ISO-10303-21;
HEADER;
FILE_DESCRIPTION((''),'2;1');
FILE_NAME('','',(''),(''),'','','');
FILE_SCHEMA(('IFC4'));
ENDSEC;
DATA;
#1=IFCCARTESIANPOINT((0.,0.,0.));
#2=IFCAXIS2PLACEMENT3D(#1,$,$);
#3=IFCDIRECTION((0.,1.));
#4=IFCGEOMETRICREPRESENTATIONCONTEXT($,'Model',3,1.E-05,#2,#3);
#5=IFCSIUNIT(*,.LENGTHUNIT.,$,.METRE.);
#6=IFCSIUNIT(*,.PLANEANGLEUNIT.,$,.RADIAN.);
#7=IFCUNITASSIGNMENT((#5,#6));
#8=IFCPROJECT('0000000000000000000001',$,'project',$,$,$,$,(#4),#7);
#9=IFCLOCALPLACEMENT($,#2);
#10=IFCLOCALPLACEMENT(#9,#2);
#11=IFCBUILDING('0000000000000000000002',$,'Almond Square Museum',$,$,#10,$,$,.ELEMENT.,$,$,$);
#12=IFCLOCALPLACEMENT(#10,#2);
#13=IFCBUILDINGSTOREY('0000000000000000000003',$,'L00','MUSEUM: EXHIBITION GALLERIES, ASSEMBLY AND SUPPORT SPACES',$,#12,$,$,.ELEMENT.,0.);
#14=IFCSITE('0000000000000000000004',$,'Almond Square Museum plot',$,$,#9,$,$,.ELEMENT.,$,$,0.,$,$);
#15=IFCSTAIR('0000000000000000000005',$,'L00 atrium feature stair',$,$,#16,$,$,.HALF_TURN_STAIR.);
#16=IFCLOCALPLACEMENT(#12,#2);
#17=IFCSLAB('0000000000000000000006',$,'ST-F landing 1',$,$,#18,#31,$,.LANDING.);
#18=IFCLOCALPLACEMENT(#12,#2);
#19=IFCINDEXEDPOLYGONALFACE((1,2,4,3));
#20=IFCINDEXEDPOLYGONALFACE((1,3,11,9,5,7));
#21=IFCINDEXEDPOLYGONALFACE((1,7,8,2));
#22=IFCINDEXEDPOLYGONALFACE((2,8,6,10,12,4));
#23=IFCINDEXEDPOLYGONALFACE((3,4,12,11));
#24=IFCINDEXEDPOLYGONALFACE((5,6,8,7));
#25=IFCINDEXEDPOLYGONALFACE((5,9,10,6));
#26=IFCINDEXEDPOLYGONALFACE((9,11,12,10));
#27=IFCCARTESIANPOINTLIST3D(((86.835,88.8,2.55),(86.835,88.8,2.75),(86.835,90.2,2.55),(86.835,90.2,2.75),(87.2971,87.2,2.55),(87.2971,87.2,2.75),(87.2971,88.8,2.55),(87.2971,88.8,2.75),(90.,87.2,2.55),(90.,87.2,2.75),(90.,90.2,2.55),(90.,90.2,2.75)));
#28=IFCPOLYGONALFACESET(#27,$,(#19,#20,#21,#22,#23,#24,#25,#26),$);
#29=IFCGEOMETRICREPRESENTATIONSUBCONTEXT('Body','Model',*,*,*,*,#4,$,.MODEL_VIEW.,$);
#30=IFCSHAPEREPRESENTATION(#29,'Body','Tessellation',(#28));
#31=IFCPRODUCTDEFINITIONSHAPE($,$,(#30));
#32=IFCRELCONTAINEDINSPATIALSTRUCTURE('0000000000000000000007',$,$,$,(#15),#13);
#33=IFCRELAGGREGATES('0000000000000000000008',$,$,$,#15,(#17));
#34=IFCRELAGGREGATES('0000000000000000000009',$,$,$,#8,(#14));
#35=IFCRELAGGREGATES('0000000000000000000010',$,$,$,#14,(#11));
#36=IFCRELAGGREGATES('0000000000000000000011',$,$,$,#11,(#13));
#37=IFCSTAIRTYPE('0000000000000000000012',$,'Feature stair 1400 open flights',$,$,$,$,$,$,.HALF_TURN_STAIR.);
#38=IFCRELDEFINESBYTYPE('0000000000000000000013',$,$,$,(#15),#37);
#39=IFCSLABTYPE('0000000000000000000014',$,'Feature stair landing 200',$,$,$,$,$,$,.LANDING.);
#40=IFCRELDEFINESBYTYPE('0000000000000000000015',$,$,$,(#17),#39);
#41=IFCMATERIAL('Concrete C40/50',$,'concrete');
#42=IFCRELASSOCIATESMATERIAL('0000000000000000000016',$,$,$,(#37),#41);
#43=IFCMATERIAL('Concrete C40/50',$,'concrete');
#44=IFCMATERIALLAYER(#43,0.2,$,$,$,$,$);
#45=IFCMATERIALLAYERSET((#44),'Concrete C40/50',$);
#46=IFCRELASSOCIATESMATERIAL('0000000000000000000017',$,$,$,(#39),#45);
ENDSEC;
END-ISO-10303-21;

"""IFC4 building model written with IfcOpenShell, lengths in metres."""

from ifc_helpers import new_model, si_unit, direction, frame, origin, place, context, subcontext, project, spatial, polyline, outline, extrude, material, layer, layer_set, type_object, element, aggregate, save


model = new_model("IFC4")

# Units and contexts
model_context = context("Model", 3, precision=1e-05, world=origin(), true_north=direction((0.0, 1.0)))
body_context = subcontext(model_context, "Body", "Model", "MODEL_VIEW")
ifc_project = project(units=[si_unit("LENGTHUNIT", "METRE"), si_unit("PLANEANGLEUNIT", "RADIAN")], contexts=[model_context])

# Site, building, storey
site_placement = place(None, origin())
site = spatial("IfcSite", under=ifc_project, at=site_placement, Name="Almond Square Museum plot", CompositionType="ELEMENT", RefElevation=0.0)
building_placement = place(site_placement, origin())
building = spatial("IfcBuilding", under=site, at=building_placement, Name="Almond Square Museum", CompositionType="ELEMENT")
storey_placement = place(building_placement, origin())
storey = spatial("IfcBuildingStorey", under=building, at=storey_placement, Name="L00", Description="MUSEUM: EXHIBITION GALLERIES, ASSEMBLY AND SUPPORT SPACES", CompositionType="ELEMENT", Elevation=0.0)

# Stair, slab
ifc_material_1 = material(Name="Concrete C40/50", Category="concrete")
stair_type_1 = type_object("IfcStairType", Name="Feature stair 1400 open flights", PredefinedType="HALF_TURN_STAIR", material=ifc_material_1)
stair_1_placement = place(storey_placement, origin())
stair_1 = element("IfcStair", 1, at=stair_1_placement, inside=storey, type_object=stair_type_1, Name="L00 atrium feature stair", PredefinedType="HALF_TURN_STAIR")
ifc_material_2 = material(Name="Concrete C40/50", Category="concrete")
ifc_layer_1 = layer(ifc_material_2, 0.2)
ifc_layer_set_1 = layer_set([ifc_layer_1], Name="Concrete C40/50")
slab_type_1 = type_object("IfcSlabType", Name="Feature stair landing 200", PredefinedType="LANDING", material=ifc_layer_set_1)
slab_1_placement = place(storey_placement, frame((0.0, 0.0, 2.55)))
slab_1 = element("IfcSlab", 2, at=slab_1_placement, type_object=slab_type_1, Name="ST-F landing 1", PredefinedType="LANDING", context=body_context, shape_type="SweptSolid", body=[
    extrude(outline(polyline([(87.2971, 87.2), (90.0, 87.2), (90.0, 90.2), (86.835, 90.2), (86.835, 88.8), (87.2971, 88.8), (87.2971, 87.2)])), origin(), (0.0, 0.0, 1.0), 0.2),
])
aggregate(stair_1, [slab_1])

save(model, "model.ifc")
